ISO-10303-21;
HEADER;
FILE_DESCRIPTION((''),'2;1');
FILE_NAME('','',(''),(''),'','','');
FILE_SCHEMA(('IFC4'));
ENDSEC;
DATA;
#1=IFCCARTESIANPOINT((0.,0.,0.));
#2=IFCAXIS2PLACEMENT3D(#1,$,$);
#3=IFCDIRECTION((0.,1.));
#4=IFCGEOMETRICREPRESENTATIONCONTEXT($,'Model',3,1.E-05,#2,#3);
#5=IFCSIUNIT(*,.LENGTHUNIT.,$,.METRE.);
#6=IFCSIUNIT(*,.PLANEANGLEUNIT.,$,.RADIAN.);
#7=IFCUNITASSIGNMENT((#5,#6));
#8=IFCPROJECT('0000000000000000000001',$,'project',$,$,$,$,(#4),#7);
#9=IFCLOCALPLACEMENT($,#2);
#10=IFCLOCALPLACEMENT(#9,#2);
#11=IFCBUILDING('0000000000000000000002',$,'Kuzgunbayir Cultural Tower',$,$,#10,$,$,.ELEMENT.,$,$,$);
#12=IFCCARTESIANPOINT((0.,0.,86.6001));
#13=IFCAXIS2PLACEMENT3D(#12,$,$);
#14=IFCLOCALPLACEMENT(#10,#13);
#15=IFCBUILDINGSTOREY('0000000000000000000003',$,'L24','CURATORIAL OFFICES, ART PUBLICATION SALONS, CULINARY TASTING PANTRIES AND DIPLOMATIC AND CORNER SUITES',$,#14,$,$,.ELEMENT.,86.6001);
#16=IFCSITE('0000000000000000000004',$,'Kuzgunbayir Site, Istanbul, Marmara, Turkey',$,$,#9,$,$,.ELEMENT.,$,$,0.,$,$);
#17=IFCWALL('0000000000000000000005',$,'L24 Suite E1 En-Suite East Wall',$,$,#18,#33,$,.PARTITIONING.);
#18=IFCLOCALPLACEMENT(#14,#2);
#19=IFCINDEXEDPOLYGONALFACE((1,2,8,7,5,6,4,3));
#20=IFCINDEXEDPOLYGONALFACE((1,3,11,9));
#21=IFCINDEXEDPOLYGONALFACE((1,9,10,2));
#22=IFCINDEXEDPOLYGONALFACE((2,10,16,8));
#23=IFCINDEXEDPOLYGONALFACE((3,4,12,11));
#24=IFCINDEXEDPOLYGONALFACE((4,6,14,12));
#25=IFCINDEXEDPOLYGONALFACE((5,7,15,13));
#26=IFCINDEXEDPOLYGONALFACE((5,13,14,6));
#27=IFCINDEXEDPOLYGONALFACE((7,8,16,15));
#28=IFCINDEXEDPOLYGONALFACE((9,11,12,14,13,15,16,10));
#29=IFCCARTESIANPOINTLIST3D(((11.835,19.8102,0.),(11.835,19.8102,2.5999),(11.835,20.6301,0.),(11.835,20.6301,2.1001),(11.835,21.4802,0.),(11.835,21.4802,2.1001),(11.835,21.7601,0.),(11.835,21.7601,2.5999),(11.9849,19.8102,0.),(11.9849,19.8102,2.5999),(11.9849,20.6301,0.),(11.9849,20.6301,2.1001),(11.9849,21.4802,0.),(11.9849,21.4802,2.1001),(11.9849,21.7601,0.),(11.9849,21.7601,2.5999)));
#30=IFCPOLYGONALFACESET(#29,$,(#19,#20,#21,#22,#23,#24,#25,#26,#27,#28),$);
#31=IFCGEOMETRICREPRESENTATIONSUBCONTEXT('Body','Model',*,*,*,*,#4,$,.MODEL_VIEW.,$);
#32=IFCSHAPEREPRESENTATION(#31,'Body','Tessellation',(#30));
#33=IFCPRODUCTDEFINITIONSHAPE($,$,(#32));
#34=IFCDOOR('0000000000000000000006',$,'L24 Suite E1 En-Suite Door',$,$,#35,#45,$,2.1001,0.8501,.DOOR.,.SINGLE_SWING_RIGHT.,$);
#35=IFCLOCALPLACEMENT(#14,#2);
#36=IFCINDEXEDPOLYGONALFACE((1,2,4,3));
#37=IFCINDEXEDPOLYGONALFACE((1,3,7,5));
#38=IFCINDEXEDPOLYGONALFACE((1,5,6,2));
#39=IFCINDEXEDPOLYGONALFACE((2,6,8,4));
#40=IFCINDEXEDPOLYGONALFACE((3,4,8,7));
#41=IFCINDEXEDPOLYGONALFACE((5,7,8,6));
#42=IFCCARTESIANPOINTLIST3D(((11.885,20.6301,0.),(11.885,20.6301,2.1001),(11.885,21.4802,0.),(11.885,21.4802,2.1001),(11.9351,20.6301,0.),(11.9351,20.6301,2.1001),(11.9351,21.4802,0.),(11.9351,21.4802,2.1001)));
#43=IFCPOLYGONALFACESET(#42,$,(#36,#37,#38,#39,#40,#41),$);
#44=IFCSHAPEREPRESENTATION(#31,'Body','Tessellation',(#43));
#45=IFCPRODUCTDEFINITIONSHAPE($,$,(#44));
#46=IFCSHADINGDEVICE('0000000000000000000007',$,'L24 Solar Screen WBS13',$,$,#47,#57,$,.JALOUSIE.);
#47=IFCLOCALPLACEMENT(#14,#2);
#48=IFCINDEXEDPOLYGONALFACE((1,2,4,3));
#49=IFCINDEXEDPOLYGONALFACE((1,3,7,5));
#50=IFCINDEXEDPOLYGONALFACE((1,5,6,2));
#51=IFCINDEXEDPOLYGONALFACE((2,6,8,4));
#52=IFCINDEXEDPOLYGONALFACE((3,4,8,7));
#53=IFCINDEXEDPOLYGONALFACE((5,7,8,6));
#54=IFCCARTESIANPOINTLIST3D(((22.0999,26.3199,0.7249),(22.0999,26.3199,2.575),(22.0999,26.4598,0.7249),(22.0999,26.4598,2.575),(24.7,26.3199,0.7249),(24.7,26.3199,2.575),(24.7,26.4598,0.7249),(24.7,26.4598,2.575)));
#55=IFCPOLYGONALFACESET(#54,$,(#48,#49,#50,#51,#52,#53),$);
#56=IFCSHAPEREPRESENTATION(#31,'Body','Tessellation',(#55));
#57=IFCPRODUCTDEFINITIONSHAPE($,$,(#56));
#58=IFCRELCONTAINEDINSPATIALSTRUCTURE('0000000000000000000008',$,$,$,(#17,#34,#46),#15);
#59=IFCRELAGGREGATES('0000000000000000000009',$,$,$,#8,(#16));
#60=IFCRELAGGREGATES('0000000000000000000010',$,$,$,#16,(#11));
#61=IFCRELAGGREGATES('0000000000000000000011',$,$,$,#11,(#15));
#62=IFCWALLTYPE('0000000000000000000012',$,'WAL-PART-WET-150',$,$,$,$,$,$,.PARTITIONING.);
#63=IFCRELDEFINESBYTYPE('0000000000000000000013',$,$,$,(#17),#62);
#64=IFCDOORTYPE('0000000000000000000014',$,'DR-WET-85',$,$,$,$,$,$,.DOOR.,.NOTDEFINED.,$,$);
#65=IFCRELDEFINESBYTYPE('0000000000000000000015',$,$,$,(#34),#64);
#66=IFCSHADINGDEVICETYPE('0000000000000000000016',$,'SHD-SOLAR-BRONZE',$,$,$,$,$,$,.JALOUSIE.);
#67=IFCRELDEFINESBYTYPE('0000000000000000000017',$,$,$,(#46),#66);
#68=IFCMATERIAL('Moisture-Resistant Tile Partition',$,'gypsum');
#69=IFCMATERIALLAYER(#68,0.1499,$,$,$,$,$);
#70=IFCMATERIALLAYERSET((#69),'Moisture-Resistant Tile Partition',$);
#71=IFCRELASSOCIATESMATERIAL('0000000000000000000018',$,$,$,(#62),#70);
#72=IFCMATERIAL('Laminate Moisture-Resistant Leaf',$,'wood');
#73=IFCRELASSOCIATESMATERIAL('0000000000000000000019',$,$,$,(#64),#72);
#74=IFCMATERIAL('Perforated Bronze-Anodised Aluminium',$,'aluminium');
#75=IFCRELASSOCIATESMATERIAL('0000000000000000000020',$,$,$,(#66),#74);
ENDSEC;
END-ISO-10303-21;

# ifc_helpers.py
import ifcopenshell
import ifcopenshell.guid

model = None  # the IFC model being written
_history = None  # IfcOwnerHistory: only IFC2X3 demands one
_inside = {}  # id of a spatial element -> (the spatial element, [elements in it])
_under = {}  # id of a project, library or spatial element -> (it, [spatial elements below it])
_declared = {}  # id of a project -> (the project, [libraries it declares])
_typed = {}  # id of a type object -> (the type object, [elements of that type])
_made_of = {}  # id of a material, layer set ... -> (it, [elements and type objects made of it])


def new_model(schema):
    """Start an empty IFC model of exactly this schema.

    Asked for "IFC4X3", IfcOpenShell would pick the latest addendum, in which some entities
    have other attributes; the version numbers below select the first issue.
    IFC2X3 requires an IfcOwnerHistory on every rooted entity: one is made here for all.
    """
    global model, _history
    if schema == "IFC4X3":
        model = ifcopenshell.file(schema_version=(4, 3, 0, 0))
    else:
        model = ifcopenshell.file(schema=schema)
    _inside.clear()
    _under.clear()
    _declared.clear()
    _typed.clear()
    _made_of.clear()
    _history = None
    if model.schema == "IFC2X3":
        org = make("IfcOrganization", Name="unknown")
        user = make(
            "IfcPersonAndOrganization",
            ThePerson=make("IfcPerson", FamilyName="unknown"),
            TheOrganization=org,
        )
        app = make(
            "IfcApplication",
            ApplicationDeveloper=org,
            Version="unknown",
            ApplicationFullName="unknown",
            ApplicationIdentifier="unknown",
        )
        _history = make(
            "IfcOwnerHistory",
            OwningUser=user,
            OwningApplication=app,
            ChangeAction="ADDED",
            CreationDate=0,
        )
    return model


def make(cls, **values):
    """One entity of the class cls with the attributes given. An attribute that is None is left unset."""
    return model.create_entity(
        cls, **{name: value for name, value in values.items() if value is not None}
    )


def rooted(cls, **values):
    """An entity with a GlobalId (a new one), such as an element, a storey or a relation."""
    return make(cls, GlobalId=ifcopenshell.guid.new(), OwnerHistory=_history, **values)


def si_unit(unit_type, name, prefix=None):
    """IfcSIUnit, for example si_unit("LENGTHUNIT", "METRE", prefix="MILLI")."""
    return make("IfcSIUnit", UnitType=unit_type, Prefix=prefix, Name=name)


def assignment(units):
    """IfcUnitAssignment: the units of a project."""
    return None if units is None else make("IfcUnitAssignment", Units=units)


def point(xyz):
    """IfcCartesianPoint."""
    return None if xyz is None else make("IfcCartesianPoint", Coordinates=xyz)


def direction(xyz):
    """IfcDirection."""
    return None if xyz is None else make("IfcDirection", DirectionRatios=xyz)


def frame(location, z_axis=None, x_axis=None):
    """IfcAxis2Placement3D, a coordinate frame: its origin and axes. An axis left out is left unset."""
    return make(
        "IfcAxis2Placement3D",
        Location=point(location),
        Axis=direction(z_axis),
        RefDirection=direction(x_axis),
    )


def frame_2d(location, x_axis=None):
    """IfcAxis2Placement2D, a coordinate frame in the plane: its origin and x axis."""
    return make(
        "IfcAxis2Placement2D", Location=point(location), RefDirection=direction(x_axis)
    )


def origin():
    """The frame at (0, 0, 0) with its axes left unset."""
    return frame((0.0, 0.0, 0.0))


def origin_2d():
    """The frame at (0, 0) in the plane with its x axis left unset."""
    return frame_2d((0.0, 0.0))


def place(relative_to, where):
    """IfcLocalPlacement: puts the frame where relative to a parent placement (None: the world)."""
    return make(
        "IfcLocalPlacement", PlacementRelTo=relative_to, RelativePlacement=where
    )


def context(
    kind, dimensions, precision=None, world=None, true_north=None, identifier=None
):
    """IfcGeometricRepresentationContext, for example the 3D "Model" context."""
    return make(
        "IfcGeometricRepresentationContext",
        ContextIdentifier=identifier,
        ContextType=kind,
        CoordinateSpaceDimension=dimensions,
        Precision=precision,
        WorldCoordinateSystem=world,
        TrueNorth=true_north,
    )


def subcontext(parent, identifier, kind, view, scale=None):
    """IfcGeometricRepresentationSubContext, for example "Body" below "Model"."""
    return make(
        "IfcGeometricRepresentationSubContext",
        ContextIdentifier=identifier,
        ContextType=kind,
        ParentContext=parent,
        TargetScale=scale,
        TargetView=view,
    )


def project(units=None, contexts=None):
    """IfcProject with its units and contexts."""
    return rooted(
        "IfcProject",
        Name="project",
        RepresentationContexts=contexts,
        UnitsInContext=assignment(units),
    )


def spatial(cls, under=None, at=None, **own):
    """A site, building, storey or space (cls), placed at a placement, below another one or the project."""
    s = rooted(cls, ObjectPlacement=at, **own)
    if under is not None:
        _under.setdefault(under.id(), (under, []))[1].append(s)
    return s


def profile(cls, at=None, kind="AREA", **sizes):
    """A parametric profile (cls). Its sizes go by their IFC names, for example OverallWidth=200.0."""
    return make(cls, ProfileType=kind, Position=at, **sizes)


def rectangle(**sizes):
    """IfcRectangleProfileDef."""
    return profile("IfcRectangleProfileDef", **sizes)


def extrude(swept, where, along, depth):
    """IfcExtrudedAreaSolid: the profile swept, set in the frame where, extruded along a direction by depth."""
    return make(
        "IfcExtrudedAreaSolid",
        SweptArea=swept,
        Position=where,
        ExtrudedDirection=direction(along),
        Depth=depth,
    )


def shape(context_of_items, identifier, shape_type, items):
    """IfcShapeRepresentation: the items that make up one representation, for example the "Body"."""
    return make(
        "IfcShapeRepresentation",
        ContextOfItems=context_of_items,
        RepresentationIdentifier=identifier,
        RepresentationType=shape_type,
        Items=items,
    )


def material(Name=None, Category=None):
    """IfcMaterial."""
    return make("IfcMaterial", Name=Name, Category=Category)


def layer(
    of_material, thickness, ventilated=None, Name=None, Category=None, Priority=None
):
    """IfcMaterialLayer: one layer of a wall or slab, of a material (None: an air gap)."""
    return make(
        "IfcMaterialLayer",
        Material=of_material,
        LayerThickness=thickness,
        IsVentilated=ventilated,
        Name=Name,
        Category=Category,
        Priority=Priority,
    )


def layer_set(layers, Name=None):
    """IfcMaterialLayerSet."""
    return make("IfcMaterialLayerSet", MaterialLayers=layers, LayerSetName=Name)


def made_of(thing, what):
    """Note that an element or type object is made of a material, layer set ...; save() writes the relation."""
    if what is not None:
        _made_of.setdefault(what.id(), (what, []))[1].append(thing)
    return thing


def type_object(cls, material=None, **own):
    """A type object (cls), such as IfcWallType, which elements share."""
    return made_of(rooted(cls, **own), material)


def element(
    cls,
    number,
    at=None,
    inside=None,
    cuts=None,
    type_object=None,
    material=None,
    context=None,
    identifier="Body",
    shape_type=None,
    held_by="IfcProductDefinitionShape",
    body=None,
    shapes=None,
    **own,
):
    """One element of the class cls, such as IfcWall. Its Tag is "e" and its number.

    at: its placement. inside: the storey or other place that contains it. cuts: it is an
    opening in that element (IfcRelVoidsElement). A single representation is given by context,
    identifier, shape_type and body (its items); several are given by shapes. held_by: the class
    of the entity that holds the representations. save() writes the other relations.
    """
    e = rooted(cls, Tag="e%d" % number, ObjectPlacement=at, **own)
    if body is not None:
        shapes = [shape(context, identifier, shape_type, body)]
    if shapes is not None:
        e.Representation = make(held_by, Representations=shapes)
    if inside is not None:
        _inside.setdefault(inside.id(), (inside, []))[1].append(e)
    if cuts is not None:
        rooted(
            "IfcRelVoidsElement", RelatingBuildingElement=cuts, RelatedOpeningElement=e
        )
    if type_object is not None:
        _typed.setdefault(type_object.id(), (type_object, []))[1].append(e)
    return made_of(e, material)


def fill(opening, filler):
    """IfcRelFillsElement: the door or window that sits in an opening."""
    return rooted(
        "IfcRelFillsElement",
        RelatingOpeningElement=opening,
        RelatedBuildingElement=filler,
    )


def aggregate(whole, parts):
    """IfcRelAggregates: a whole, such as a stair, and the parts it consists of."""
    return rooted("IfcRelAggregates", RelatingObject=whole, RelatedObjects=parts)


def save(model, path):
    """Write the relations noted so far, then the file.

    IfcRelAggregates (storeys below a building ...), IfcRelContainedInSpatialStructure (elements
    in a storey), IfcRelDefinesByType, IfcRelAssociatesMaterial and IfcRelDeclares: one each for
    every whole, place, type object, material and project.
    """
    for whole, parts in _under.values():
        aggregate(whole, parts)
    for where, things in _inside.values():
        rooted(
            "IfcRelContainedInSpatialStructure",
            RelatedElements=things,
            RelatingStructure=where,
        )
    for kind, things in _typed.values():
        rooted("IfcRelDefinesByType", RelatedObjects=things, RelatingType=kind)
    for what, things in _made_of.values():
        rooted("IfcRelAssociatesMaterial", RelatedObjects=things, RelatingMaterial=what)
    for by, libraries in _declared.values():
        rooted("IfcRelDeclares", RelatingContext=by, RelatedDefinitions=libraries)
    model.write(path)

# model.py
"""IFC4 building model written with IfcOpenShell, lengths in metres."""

from ifc_helpers import new_model, si_unit, direction, frame, frame_2d, origin, origin_2d, place, context, subcontext, project, spatial, rectangle, extrude, material, layer, layer_set, type_object, element, fill, save


model = new_model("IFC4")

# Units and contexts
model_context = context("Model", 3, precision=1e-05, world=origin(), true_north=direction((0.0, 1.0)))
body_context = subcontext(model_context, "Body", "Model", "MODEL_VIEW")
ifc_project = project(units=[si_unit("LENGTHUNIT", "METRE"), si_unit("PLANEANGLEUNIT", "RADIAN")], contexts=[model_context])

# Site, building, storey
site_placement = place(None, origin())
site = spatial("IfcSite", under=ifc_project, at=site_placement, Name="Kuzgunbayir Site, Istanbul, Marmara, Turkey", CompositionType="ELEMENT", RefElevation=0.0)
building_placement = place(site_placement, origin())
building = spatial("IfcBuilding", under=site, at=building_placement, Name="Kuzgunbayir Cultural Tower", CompositionType="ELEMENT")
storey_placement = place(building_placement, frame((0.0, 0.0, 86.6001)))
storey = spatial("IfcBuildingStorey", under=building, at=storey_placement, Name="L24", Description="CURATORIAL OFFICES, ART PUBLICATION SALONS, CULINARY TASTING PANTRIES AND DIPLOMATIC AND CORNER SUITES", CompositionType="ELEMENT", Elevation=86.6001)

# Shared definitions
ifc_material_1 = material(Name="Moisture-Resistant Tile Partition", Category="gypsum")
ifc_layer_1 = layer(ifc_material_1, 0.1499)
ifc_layer_set_1 = layer_set([ifc_layer_1], Name="Moisture-Resistant Tile Partition")
wall_type_1 = type_object("IfcWallType", Name="WAL-PART-WET-150", PredefinedType="PARTITIONING", material=ifc_layer_set_1)

# Wall, opening, door
wall_1_placement = place(storey_placement, frame((11.9099, 19.8101, 0.0), z_axis=(0.0, 0.0, 1.0), x_axis=(0.0, 1.0, 0.0)))
wall_1 = element("IfcWall", 1, at=wall_1_placement, inside=storey, type_object=wall_type_1, Name="L24 Suite E1 En-Suite East Wall", PredefinedType="PARTITIONING", context=body_context, shape_type="SweptSolid", body=[
    extrude(rectangle(XDim=1.95, YDim=0.1499, at=frame_2d((0.9751, 0.0))), origin(), (0.0, 0.0, 1.0), 2.5999),
])
opening_1_placement = place(wall_1_placement, frame((0.8201, 0.0, 0.0)))
opening_1 = element("IfcOpeningElement", 2, at=opening_1_placement, cuts=wall_1, PredefinedType="OPENING", context=body_context, shape_type="SweptSolid", body=[
    extrude(rectangle(XDim=0.8501, YDim=2.1001, at=frame_2d((0.425, 1.05))), frame((0.0, 0.085, 0.0), z_axis=(0.0, -1.0, 0.0), x_axis=(1.0, 0.0, 0.0)), (0.0, 0.0, 1.0), 0.1699),
])
ifc_material_2 = material(Name="Laminate Moisture-Resistant Leaf", Category="wood")
door_type_1 = type_object("IfcDoorType", Name="DR-WET-85", OperationType="NOTDEFINED", PredefinedType="DOOR", material=ifc_material_2)
door_1_placement = place(opening_1_placement, origin())
door_1 = element("IfcDoor", 3, at=door_1_placement, inside=storey, type_object=door_type_1, Name="L24 Suite E1 En-Suite Door", OperationType="SINGLE_SWING_RIGHT", OverallHeight=2.1001, OverallWidth=0.8501, PredefinedType="DOOR", context=body_context, shape_type="SweptSolid", body=[
    extrude(rectangle(XDim=0.8501, YDim=2.1001, at=frame_2d((0.425, 1.05))), frame((0.0, 0.0249, 0.0), z_axis=(0.0, -1.0, 0.0), x_axis=(1.0, 0.0, 0.0)), (0.0, 0.0, 1.0), 0.05),
])
fill(opening_1, door_1)

# Shading device
ifc_material_3 = material(Name="Perforated Bronze-Anodised Aluminium", Category="aluminium")
shading_device_type = type_object("IfcShadingDeviceType", Name="SHD-SOLAR-BRONZE", PredefinedType="JALOUSIE", material=ifc_material_3)
shading_device_placement = place(storey_placement, frame((23.3999, 26.3899, 0.7249), z_axis=(0.0, 0.0, 1.0), x_axis=(1.0, 0.0, 0.0)))
element("IfcShadingDevice", 4, at=shading_device_placement, inside=storey, type_object=shading_device_type, Name="L24 Solar Screen WBS13", PredefinedType="JALOUSIE", context=body_context, shape_type="SweptSolid", body=[
    extrude(rectangle(XDim=2.6001, YDim=0.1399, at=origin_2d()), origin(), (0.0, 0.0, 1.0), 1.8501),
])

save(model, "model.ifc")
